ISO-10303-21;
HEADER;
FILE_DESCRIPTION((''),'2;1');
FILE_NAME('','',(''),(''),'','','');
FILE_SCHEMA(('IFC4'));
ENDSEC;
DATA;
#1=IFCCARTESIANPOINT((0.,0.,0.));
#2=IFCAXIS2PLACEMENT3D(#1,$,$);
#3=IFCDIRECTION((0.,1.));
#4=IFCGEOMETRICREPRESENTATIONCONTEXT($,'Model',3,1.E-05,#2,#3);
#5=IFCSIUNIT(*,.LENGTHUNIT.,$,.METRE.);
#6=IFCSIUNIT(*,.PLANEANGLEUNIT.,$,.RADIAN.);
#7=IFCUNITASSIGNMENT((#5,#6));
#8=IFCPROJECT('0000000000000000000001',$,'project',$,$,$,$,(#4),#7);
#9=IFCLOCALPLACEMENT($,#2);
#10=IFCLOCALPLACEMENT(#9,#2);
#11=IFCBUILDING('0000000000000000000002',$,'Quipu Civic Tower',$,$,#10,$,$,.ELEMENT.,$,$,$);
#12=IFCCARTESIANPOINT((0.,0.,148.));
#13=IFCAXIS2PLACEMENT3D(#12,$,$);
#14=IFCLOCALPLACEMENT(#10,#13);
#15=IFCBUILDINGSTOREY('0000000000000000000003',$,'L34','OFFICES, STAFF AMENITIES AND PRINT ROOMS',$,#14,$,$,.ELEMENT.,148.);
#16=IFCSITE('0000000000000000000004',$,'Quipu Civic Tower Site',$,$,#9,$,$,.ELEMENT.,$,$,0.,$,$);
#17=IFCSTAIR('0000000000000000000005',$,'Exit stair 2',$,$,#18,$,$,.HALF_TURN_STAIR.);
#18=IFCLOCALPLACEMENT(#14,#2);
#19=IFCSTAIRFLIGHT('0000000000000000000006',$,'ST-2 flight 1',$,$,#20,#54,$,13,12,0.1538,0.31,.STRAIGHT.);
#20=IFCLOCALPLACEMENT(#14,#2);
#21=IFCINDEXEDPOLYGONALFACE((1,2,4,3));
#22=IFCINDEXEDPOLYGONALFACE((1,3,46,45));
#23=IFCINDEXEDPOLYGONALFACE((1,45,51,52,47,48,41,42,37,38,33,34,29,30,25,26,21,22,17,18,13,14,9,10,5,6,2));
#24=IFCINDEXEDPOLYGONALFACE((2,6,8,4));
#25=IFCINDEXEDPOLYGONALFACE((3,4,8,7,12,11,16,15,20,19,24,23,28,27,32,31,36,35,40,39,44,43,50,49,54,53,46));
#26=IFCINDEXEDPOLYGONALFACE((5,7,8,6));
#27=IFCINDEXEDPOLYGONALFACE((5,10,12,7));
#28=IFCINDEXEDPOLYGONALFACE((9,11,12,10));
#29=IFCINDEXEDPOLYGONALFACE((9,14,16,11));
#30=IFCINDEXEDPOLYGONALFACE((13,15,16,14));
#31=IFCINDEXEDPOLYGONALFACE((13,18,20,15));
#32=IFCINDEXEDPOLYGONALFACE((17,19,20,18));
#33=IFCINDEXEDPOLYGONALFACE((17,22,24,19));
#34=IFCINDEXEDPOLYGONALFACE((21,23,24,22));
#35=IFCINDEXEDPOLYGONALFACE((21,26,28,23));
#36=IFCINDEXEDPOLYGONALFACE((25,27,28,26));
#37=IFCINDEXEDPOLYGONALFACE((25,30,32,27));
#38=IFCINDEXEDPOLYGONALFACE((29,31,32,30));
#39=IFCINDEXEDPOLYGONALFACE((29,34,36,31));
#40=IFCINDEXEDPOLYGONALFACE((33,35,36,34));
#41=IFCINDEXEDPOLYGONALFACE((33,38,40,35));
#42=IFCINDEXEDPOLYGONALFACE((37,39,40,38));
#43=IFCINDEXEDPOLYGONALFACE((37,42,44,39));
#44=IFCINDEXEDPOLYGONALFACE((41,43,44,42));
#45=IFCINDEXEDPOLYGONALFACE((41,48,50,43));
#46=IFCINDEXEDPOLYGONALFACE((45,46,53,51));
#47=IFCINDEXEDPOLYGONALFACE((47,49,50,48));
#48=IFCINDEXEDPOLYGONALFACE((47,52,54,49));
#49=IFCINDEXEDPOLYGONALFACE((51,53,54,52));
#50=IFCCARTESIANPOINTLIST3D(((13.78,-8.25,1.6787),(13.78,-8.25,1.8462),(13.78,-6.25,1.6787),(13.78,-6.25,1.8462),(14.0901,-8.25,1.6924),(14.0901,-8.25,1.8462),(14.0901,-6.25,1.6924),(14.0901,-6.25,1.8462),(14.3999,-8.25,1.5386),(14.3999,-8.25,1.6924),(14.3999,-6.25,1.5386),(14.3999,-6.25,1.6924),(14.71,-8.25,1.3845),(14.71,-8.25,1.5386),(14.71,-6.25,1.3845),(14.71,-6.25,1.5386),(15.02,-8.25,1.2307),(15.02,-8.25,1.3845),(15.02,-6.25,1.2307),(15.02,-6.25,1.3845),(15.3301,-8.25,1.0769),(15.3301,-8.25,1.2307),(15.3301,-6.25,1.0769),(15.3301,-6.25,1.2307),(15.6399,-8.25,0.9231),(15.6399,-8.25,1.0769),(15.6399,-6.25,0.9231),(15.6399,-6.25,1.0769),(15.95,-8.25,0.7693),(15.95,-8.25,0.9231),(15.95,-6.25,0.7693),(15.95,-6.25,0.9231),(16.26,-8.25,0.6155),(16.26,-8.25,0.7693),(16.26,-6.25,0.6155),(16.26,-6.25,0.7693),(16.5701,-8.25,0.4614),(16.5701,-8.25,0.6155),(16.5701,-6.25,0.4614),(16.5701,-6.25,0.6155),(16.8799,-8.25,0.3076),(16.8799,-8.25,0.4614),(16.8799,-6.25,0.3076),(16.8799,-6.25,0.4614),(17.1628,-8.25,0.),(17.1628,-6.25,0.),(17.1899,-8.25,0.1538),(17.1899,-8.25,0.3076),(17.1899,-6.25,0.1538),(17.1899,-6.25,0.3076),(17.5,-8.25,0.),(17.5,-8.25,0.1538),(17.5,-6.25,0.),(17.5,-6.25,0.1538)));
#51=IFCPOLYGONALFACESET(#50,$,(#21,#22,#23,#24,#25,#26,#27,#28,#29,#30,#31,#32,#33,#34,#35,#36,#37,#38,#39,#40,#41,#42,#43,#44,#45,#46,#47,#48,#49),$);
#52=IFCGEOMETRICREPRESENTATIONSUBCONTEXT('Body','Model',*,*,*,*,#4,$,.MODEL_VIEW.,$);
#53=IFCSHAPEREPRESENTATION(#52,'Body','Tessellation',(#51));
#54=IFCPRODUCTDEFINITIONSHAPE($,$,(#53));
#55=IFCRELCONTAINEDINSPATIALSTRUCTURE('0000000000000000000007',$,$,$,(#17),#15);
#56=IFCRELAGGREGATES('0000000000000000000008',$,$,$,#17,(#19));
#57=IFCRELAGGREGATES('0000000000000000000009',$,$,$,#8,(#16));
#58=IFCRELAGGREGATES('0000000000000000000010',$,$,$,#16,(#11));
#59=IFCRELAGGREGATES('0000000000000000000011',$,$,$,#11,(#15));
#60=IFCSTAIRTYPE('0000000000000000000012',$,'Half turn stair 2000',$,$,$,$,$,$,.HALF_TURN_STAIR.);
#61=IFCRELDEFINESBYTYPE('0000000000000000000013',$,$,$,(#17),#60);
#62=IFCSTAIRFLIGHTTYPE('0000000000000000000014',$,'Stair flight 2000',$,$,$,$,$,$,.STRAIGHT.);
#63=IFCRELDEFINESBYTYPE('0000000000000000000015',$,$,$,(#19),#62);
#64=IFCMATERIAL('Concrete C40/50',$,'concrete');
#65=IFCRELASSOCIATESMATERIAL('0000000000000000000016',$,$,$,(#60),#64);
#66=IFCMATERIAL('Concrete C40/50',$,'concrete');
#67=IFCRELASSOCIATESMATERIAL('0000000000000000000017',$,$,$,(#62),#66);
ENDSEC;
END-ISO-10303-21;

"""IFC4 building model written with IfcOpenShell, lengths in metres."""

from ifc_helpers import new_model, si_unit, direction, frame, origin, place, context, subcontext, project, spatial, polyline, outline, extrude, material, type_object, element, aggregate, save


model = new_model("IFC4")

# Units and contexts
model_context = context("Model", 3, precision=1e-05, world=origin(), true_north=direction((0.0, 1.0)))
body_context = subcontext(model_context, "Body", "Model", "MODEL_VIEW")
ifc_project = project(units=[si_unit("LENGTHUNIT", "METRE"), si_unit("PLANEANGLEUNIT", "RADIAN")], contexts=[model_context])

# Site, building, storey
site_placement = place(None, origin())
site = spatial("IfcSite", under=ifc_project, at=site_placement, Name="Quipu Civic Tower Site", CompositionType="ELEMENT", RefElevation=0.0)
building_placement = place(site_placement, origin())
building = spatial("IfcBuilding", under=site, at=building_placement, Name="Quipu Civic Tower", CompositionType="ELEMENT")
storey_placement = place(building_placement, frame((0.0, 0.0, 148.0)))
storey = spatial("IfcBuildingStorey", under=building, at=storey_placement, Name="L34", Description="OFFICES, STAFF AMENITIES AND PRINT ROOMS", CompositionType="ELEMENT", Elevation=148.0)

# Stair, stair flight
ifc_material_1 = material(Name="Concrete C40/50", Category="concrete")
stair_type = type_object("IfcStairType", Name="Half turn stair 2000", PredefinedType="HALF_TURN_STAIR", material=ifc_material_1)
stair_placement = place(storey_placement, origin())
stair = element("IfcStair", 1, at=stair_placement, inside=storey, type_object=stair_type, Name="Exit stair 2", PredefinedType="HALF_TURN_STAIR")
ifc_material_2 = material(Name="Concrete C40/50", Category="concrete")
stair_flight_type = type_object("IfcStairFlightType", Name="Stair flight 2000", PredefinedType="STRAIGHT", material=ifc_material_2)
stair_flight_placement = place(storey_placement, frame((17.5, -7.25, 0.0), z_axis=(0.0, 0.0, 1.0), x_axis=(-1.0, 0.0, 0.0)))
stair_flight = element("IfcStairFlight", 2, at=stair_flight_placement, type_object=stair_flight_type, Name="ST-2 flight 1", NumberOfRisers=13, NumberOfTreads=12, PredefinedType="STRAIGHT", RiserHeight=0.1538, TreadLength=0.31, context=body_context, shape_type="SweptSolid", body=[
    extrude(outline(polyline([(0.0, 0.0), (0.0, 0.1538), (0.3101, 0.1538), (0.3101, 0.3076), (0.6201, 0.3076), (0.6201, 0.4614), (0.9299, 0.4614), (0.9299, 0.6155), (1.24, 0.6155), (1.24, 0.7693), (1.55, 0.7693), (1.55, 0.9231), (1.8601, 0.9231), (1.8601, 1.0769), (2.1699, 1.0769), (2.1699, 1.2307), (2.48, 1.2307), (2.48, 1.3845), (2.79, 1.3845), (2.79, 1.5386), (3.1001, 1.5386), (3.1001, 1.6924), (3.4099, 1.6924), (3.4099, 1.8462), (3.72, 1.8462), (3.72, 2.0), (3.72, 1.6787), (0.3372, 0.0), (0.0, 0.0)])), frame((0.0, 1.0, 0.0), z_axis=(0.0, -1.0, 0.0), x_axis=(1.0, 0.0, 0.0)), (0.0, 0.0, 1.0), 2.0),
])
aggregate(stair, [stair_flight])

save(model, "model.ifc")
